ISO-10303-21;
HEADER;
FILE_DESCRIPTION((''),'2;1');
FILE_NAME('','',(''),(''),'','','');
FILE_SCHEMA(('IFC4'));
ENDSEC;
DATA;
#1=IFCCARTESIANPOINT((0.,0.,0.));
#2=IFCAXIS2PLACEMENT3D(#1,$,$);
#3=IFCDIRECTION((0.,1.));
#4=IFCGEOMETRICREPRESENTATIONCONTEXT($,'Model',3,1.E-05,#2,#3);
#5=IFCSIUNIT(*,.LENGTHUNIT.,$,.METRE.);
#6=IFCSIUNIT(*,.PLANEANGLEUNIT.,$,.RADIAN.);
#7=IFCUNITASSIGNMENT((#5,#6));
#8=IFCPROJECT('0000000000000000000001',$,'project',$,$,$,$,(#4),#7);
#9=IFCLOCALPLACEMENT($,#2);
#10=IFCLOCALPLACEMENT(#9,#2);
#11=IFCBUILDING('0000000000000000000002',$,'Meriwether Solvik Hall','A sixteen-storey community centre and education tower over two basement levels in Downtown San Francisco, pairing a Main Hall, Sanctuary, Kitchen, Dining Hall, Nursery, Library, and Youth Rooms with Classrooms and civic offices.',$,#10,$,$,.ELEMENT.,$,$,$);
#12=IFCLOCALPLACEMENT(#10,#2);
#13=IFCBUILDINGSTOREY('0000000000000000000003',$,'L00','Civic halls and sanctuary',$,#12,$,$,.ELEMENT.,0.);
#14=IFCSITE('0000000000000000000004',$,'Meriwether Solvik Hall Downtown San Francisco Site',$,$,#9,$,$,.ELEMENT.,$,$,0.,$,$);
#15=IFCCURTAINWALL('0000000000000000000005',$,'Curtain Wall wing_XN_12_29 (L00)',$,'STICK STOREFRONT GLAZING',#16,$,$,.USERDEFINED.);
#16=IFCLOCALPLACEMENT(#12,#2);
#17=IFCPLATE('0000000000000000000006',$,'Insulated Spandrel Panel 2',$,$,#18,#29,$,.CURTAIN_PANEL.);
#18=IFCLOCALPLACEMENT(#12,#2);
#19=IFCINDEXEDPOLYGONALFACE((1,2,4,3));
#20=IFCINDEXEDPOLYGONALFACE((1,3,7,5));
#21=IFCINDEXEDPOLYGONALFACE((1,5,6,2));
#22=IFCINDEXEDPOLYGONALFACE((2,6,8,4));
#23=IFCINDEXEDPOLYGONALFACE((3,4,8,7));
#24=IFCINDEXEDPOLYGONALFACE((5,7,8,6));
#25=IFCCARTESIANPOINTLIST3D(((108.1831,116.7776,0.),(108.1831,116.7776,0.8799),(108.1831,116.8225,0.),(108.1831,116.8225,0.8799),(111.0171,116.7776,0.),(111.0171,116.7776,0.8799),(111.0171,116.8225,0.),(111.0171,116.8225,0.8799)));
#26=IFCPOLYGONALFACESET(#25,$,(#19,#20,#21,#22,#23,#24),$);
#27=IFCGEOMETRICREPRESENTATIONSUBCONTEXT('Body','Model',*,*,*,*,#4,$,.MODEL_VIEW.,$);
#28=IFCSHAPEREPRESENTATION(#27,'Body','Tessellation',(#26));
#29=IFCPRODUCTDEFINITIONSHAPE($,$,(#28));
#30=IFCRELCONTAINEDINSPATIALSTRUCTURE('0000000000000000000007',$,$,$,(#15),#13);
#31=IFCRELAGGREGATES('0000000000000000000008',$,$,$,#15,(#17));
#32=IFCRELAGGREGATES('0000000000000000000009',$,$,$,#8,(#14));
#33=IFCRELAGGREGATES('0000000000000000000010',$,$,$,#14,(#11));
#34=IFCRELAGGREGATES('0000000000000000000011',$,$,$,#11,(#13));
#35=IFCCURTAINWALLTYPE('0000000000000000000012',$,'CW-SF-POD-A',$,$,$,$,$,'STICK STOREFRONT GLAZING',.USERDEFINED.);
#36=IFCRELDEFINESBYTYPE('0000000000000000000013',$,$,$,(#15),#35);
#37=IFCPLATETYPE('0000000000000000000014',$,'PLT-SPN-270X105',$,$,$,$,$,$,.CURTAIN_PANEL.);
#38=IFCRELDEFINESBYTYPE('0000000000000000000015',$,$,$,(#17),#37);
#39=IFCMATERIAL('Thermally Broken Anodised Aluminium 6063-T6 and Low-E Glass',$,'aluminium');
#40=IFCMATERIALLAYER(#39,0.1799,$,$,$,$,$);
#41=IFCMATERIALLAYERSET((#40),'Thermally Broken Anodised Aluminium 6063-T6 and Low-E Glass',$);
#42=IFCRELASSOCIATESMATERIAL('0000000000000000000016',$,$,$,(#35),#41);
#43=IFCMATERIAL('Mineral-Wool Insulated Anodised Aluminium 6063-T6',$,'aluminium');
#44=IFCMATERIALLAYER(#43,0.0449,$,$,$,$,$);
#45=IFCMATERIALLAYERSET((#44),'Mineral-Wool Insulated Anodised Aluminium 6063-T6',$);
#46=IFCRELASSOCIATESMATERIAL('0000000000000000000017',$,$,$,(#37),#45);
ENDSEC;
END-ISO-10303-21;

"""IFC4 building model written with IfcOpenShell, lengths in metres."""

from ifc_helpers import new_model, si_unit, direction, frame, origin, origin_2d, place, context, subcontext, project, spatial, rectangle, extrude, material, layer, layer_set, type_object, element, aggregate, save


model = new_model("IFC4")

# Units and contexts
model_context = context("Model", 3, precision=1e-05, world=origin(), true_north=direction((0.0, 1.0)))
body_context = subcontext(model_context, "Body", "Model", "MODEL_VIEW")
ifc_project = project(units=[si_unit("LENGTHUNIT", "METRE"), si_unit("PLANEANGLEUNIT", "RADIAN")], contexts=[model_context])

# Site, building, storey
site_placement = place(None, origin())
site = spatial("IfcSite", under=ifc_project, at=site_placement, Name="Meriwether Solvik Hall Downtown San Francisco Site", CompositionType="ELEMENT", RefElevation=0.0)
building_placement = place(site_placement, origin())
building = spatial("IfcBuilding", under=site, at=building_placement, Name="Meriwether Solvik Hall", Description="A sixteen-storey community centre and education tower over two basement levels in Downtown San Francisco, pairing a Main Hall, Sanctuary, Kitchen, Dining Hall, Nursery, Library, and Youth Rooms with Classrooms and civic offices.", CompositionType="ELEMENT")
storey_placement = place(building_placement, origin())
storey = spatial("IfcBuildingStorey", under=building, at=storey_placement, Name="L00", Description="Civic halls and sanctuary", CompositionType="ELEMENT", Elevation=0.0)

# Curtain wall, plate
ifc_material_1 = material(Name="Thermally Broken Anodised Aluminium 6063-T6 and Low-E Glass", Category="aluminium")
ifc_layer_1 = layer(ifc_material_1, 0.1799)
ifc_layer_set_1 = layer_set([ifc_layer_1], Name="Thermally Broken Anodised Aluminium 6063-T6 and Low-E Glass")
curtain_wall_type = type_object("IfcCurtainWallType", Name="CW-SF-POD-A", ElementType="STICK STOREFRONT GLAZING", PredefinedType="USERDEFINED", material=ifc_layer_set_1)
curtain_wall_placement = place(storey_placement, origin())
curtain_wall = element("IfcCurtainWall", 1, at=curtain_wall_placement, inside=storey, type_object=curtain_wall_type, Name="Curtain Wall wing_XN_12_29 (L00)", ObjectType="STICK STOREFRONT GLAZING", PredefinedType="USERDEFINED")
ifc_material_2 = material(Name="Mineral-Wool Insulated Anodised Aluminium 6063-T6", Category="aluminium")
ifc_layer_2 = layer(ifc_material_2, 0.0449)
ifc_layer_set_2 = layer_set([ifc_layer_2], Name="Mineral-Wool Insulated Anodised Aluminium 6063-T6")
plate_type_1 = type_object("IfcPlateType", Name="PLT-SPN-270X105", PredefinedType="CURTAIN_PANEL", material=ifc_layer_set_2)
plate_1_placement = place(storey_placement, frame((109.6001, 116.8, 0.0), z_axis=(0.0, 0.0, 1.0), x_axis=(1.0, 0.0, 0.0)))
plate_1 = element("IfcPlate", 2, at=plate_1_placement, type_object=plate_type_1, Name="Insulated Spandrel Panel 2", PredefinedType="CURTAIN_PANEL", context=body_context, shape_type="SweptSolid", body=[
    extrude(rectangle(XDim=2.834, YDim=0.0449, at=origin_2d()), origin(), (0.0, 0.0, 1.0), 0.8799),
])
aggregate(curtain_wall, [plate_1])

save(model, "model.ifc")
